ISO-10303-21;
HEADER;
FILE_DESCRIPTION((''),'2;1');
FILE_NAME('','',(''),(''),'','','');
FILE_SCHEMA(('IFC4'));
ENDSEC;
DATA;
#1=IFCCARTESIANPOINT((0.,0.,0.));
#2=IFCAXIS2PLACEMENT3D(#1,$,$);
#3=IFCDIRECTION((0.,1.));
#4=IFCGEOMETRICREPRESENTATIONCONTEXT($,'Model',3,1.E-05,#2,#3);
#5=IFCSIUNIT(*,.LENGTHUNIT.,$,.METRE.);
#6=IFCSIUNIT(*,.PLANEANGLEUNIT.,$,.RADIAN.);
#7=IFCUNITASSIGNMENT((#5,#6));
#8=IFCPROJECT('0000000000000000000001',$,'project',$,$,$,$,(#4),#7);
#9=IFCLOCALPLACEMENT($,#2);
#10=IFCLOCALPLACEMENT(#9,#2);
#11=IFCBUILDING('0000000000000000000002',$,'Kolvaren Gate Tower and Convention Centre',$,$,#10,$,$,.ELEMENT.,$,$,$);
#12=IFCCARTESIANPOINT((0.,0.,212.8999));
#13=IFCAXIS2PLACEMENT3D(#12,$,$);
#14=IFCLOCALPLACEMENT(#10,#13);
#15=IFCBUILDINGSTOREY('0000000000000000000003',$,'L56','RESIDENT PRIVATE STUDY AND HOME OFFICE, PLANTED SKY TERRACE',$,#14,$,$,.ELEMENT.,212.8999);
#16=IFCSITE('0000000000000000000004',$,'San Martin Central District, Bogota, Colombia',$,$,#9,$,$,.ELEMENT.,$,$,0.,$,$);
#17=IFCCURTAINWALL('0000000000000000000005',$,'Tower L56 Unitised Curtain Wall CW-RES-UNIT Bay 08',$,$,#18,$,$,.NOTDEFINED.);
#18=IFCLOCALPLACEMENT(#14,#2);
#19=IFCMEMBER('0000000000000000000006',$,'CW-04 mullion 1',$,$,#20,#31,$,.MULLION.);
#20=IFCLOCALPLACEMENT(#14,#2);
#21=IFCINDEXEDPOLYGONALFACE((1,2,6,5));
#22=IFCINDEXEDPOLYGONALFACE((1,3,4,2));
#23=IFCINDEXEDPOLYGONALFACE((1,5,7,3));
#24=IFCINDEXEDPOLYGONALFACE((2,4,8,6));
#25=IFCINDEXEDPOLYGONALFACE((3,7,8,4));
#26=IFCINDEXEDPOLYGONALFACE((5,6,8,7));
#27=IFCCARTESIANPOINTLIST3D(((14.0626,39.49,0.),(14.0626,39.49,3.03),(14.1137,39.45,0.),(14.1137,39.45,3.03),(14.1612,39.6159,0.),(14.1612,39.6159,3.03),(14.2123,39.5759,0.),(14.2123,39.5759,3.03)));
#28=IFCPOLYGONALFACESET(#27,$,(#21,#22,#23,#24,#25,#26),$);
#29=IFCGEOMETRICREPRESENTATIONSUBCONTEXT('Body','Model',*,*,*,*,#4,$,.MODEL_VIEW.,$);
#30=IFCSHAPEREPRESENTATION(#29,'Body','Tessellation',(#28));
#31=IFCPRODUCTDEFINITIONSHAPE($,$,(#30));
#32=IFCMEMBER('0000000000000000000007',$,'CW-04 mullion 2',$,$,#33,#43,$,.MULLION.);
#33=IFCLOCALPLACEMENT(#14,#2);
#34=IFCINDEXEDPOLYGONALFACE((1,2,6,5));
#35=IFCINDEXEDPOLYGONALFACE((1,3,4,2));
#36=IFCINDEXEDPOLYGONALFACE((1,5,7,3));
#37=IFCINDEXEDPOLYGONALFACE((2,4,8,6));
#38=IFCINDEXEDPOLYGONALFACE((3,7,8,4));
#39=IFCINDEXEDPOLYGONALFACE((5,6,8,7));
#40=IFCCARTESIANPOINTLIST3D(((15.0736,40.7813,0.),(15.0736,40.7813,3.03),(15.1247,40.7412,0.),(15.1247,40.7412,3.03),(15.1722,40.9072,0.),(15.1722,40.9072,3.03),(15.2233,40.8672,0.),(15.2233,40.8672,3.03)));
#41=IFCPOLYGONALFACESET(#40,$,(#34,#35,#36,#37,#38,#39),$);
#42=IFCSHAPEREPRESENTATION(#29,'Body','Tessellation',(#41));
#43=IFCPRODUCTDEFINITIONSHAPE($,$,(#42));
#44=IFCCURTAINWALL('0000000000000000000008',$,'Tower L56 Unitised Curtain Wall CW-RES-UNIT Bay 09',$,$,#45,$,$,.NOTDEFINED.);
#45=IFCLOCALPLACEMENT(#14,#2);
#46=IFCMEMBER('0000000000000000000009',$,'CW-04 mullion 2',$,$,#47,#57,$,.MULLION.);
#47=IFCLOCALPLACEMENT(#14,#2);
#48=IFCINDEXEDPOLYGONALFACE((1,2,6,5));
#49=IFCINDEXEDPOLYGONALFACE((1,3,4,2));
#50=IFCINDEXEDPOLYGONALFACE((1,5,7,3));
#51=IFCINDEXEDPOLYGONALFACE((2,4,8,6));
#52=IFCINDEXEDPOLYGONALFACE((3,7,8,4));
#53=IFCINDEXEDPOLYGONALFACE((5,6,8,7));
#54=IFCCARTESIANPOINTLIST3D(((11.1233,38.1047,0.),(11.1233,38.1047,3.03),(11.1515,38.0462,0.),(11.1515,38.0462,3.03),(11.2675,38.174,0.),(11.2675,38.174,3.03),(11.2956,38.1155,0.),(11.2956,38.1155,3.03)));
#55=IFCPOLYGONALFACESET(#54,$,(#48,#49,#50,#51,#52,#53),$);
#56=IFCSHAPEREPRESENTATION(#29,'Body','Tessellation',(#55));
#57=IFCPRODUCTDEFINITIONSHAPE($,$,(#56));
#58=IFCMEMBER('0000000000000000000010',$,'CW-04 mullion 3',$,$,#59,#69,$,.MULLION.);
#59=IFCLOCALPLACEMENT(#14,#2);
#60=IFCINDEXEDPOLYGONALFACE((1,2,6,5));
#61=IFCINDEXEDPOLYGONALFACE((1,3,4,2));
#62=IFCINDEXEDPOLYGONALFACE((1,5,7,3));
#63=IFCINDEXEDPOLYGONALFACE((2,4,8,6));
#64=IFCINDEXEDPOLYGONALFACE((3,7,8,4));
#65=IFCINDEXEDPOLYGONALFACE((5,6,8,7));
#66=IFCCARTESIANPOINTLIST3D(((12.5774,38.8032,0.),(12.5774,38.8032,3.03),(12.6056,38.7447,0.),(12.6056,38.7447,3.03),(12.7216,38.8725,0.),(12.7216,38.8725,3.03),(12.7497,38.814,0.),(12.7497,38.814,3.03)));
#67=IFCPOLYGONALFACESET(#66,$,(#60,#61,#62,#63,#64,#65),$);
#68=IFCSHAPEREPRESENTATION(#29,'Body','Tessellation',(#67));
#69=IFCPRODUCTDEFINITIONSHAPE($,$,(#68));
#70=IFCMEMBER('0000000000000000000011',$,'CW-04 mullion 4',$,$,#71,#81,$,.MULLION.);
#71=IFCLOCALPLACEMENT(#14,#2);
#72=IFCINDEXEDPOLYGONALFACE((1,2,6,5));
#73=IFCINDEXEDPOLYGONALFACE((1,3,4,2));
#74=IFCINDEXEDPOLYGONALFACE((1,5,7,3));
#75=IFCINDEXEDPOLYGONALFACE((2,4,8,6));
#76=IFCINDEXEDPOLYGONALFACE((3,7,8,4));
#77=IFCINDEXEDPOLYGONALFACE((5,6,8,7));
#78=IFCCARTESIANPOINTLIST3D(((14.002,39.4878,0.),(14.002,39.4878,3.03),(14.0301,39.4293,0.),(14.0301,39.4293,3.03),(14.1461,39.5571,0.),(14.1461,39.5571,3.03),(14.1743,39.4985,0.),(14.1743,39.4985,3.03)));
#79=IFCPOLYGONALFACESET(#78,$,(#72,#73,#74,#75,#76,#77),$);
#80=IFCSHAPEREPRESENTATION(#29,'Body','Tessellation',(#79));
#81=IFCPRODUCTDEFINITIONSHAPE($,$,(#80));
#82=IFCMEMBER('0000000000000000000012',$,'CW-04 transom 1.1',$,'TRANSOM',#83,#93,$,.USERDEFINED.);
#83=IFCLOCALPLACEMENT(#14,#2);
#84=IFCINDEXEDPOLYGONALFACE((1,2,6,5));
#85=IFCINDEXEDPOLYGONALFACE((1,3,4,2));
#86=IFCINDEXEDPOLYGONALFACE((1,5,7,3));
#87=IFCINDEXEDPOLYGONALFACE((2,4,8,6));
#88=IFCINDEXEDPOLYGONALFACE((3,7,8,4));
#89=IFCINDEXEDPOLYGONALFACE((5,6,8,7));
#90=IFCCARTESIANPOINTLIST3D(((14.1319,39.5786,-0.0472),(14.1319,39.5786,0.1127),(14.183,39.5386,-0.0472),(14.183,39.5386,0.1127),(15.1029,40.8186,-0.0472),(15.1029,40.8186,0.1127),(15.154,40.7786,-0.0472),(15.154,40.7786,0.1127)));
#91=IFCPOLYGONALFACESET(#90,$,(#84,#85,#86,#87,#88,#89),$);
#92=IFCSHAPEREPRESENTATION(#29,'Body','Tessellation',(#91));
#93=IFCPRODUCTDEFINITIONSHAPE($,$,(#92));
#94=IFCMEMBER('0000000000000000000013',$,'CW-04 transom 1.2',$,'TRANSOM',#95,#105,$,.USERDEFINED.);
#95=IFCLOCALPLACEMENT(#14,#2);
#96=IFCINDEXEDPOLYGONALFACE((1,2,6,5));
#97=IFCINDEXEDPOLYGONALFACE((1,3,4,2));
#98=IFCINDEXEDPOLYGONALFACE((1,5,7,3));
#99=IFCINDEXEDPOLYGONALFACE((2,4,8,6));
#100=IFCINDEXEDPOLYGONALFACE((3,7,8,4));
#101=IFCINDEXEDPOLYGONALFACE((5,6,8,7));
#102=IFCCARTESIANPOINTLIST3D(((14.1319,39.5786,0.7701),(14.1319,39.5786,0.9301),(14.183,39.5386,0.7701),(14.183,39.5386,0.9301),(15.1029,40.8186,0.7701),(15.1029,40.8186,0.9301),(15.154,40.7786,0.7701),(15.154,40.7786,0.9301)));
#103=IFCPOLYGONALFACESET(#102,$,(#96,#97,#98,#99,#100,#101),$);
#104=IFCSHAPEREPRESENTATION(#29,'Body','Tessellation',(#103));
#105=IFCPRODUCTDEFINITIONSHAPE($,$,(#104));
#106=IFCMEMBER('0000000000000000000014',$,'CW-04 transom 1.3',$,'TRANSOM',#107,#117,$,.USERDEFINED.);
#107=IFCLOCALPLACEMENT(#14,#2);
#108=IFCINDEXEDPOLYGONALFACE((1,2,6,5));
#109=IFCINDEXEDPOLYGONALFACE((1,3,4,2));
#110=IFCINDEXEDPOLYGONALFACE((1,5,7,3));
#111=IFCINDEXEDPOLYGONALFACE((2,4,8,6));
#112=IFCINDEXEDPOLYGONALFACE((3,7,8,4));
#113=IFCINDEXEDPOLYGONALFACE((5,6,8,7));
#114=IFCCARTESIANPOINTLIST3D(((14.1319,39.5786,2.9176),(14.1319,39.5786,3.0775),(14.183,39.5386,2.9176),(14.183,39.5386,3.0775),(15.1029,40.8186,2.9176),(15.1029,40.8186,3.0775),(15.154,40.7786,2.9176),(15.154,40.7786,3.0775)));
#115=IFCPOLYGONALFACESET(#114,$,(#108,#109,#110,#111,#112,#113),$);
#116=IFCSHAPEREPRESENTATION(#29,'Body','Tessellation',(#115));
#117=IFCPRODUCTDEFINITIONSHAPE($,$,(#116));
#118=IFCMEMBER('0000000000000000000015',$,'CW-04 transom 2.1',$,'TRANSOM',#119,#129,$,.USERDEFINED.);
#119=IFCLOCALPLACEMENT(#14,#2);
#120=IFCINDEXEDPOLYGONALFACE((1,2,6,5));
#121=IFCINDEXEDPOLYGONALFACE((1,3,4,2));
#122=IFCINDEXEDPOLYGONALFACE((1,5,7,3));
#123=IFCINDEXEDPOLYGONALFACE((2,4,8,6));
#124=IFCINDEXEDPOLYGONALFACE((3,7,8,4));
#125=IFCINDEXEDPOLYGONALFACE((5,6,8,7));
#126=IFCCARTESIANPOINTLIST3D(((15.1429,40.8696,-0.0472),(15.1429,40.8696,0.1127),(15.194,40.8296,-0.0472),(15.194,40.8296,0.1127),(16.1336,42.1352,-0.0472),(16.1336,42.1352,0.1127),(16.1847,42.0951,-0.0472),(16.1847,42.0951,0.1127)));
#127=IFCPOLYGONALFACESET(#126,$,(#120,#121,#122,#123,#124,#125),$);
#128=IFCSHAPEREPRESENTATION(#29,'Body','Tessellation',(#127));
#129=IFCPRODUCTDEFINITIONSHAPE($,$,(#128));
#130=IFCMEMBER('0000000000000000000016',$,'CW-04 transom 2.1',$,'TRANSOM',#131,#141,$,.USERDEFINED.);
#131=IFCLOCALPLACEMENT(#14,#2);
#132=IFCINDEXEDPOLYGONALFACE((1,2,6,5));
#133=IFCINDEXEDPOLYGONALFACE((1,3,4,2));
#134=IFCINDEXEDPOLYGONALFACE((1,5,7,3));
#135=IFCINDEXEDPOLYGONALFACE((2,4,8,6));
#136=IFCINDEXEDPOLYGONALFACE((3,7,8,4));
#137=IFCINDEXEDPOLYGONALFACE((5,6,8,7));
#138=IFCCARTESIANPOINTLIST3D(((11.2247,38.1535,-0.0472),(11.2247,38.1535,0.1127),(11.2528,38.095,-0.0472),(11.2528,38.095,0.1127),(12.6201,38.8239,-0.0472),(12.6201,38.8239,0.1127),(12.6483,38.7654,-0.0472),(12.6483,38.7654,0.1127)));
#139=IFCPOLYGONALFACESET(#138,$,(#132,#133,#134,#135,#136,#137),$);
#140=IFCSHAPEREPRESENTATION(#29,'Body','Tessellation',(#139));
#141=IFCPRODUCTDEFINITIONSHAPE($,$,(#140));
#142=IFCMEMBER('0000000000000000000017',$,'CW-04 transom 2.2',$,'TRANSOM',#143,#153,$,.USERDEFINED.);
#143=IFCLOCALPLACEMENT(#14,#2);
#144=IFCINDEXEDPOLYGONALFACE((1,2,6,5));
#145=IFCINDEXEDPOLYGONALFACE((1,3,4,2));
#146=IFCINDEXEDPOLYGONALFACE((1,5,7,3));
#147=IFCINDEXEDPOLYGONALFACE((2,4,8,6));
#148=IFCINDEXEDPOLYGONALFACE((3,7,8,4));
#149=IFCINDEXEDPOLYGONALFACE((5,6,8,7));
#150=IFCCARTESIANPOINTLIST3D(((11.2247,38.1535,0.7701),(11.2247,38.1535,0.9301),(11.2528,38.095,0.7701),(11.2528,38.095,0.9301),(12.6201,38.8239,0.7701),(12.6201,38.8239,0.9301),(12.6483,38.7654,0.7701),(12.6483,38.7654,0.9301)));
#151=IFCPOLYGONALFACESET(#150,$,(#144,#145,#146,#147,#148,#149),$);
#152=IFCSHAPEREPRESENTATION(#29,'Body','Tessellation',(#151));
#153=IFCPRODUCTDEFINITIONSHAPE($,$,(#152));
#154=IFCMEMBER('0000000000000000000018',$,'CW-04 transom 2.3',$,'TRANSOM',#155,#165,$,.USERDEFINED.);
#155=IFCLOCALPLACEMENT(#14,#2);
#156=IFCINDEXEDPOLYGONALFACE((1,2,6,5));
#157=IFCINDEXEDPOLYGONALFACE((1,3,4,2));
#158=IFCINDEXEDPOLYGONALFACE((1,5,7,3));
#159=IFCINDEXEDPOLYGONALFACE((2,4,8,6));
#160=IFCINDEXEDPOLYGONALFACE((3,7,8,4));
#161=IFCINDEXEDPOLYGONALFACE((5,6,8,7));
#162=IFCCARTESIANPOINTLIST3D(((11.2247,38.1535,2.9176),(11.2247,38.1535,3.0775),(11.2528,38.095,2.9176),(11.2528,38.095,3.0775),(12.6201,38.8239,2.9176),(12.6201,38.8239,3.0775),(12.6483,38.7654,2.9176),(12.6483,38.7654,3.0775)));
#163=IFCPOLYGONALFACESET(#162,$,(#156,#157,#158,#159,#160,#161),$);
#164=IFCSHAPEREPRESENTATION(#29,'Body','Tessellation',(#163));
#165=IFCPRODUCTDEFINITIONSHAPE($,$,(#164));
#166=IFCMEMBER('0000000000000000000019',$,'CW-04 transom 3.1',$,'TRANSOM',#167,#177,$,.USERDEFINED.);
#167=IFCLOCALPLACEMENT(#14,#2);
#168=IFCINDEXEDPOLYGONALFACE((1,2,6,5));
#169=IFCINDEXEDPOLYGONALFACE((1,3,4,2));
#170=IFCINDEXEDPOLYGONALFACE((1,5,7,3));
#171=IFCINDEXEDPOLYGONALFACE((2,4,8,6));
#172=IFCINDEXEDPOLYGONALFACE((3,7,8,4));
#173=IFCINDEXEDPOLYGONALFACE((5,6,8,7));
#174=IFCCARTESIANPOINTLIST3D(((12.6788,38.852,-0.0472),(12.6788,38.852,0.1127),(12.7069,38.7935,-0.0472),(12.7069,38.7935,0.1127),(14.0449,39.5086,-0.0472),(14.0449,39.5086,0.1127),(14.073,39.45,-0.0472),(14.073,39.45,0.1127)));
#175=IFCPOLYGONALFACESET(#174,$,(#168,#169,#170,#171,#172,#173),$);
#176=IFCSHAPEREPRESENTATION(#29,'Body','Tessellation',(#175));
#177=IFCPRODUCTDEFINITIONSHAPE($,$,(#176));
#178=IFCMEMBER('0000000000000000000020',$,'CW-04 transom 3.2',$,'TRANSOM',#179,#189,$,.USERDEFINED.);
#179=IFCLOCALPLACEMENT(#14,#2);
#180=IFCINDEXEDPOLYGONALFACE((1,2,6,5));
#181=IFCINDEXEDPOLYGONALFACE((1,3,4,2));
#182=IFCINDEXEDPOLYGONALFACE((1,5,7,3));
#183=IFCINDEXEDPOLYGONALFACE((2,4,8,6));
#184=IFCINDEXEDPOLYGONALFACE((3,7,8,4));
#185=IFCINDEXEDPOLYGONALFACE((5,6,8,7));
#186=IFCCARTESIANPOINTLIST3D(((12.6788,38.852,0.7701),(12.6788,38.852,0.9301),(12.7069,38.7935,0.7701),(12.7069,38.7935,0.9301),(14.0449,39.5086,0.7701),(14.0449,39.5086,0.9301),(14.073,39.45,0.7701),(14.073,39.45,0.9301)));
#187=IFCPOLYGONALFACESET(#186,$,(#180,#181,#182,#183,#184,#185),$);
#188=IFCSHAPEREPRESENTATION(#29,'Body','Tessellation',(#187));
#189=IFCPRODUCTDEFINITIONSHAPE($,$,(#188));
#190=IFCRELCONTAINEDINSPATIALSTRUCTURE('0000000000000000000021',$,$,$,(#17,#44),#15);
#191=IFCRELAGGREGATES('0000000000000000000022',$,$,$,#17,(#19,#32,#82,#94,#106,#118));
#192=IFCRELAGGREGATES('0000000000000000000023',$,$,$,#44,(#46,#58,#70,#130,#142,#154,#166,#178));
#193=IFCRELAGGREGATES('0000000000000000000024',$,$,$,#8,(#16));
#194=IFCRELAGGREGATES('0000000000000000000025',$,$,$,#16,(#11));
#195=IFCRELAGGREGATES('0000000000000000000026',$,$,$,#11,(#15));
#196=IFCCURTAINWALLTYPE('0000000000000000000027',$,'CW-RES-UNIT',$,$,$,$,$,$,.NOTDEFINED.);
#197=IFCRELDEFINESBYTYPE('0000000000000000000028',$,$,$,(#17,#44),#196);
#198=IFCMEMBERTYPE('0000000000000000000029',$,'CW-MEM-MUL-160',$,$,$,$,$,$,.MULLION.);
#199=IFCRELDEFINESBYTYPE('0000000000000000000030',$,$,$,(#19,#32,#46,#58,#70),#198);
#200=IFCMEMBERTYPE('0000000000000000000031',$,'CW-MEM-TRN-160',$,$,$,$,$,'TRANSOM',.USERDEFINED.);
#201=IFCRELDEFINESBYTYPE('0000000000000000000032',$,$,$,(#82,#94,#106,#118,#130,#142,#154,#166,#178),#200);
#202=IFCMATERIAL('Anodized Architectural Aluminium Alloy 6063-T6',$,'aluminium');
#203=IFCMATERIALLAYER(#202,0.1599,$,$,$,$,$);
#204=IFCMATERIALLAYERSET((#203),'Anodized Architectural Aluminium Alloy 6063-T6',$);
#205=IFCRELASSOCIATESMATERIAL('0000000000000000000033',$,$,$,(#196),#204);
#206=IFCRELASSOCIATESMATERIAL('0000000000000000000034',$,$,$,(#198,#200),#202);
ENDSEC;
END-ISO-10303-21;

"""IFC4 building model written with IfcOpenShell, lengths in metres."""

from ifc_helpers import new_model, si_unit, direction, frame, origin, origin_2d, place, context, subcontext, project, spatial, rectangle, extrude, material, layer, layer_set, material_profile, profile_set, type_object, element, aggregate, save


model = new_model("IFC4")

# Units and contexts
model_context = context("Model", 3, precision=1e-05, world=origin(), true_north=direction((0.0, 1.0)))
body_context = subcontext(model_context, "Body", "Model", "MODEL_VIEW")
ifc_project = project(units=[si_unit("LENGTHUNIT", "METRE"), si_unit("PLANEANGLEUNIT", "RADIAN")], contexts=[model_context])

# Site, building, storey
site_placement = place(None, origin())
site = spatial("IfcSite", under=ifc_project, at=site_placement, Name="San Martin Central District, Bogota, Colombia", CompositionType="ELEMENT", RefElevation=0.0)
building_placement = place(site_placement, origin())
building = spatial("IfcBuilding", under=site, at=building_placement, Name="Kolvaren Gate Tower and Convention Centre", CompositionType="ELEMENT")
storey_placement = place(building_placement, frame((0.0, 0.0, 212.8999)))
storey = spatial("IfcBuildingStorey", under=building, at=storey_placement, Name="L56", Description="RESIDENT PRIVATE STUDY AND HOME OFFICE, PLANTED SKY TERRACE", CompositionType="ELEMENT", Elevation=212.8999)

# Curtain walls, members
ifc_material_1 = material(Name="Anodized Architectural Aluminium Alloy 6063-T6", Category="aluminium")
ifc_layer_1 = layer(ifc_material_1, 0.1599)
ifc_layer_set_1 = layer_set([ifc_layer_1], Name="Anodized Architectural Aluminium Alloy 6063-T6")
curtain_wall_type = type_object("IfcCurtainWallType", Name="CW-RES-UNIT", PredefinedType="NOTDEFINED", material=ifc_layer_set_1)
curtain_wall_1_placement = place(storey_placement, origin())
curtain_wall_1 = element("IfcCurtainWall", 1, at=curtain_wall_1_placement, inside=storey, type_object=curtain_wall_type, Name="Tower L56 Unitised Curtain Wall CW-RES-UNIT Bay 08", PredefinedType="NOTDEFINED")
ifc_material_profile_1 = material_profile(ifc_material_1, rectangle(XDim=0.0649, YDim=0.1599, at=origin_2d()), Name="CW-MEM-MUL-160")
ifc_profile_set_1 = profile_set([ifc_material_profile_1], Name="Anodized Architectural Aluminium Alloy 6063-T6")
member_type_1 = type_object("IfcMemberType", Name="CW-MEM-MUL-160", PredefinedType="MULLION", material=ifc_profile_set_1)
member_1_placement = place(storey_placement, frame((14.1375, 39.533, 0.0), z_axis=(0.0, 0.0, 1.0), x_axis=(-0.78741, 0.61643, 0.0)))
member_1 = element("IfcMember", 2, at=member_1_placement, type_object=member_type_1, Name="CW-04 mullion 1", PredefinedType="MULLION", context=body_context, shape_type="SweptSolid", body=[
    extrude(rectangle(XDim=0.0649, YDim=0.1599, at=origin_2d()), origin(), (0.0, 0.0, 1.0), 3.03),
])
member_2_placement = place(storey_placement, frame((15.1484, 40.8242, 0.0), z_axis=(0.0, 0.0, 1.0), x_axis=(-0.78741, 0.61643, 0.0)))
member_2 = element("IfcMember", 3, at=member_2_placement, type_object=member_type_1, Name="CW-04 mullion 2", PredefinedType="MULLION", context=body_context, shape_type="SweptSolid", body=[
    extrude(rectangle(XDim=0.0649, YDim=0.1599, at=origin_2d()), origin(), (0.0, 0.0, 1.0), 3.03),
])
curtain_wall_2_placement = place(storey_placement, origin())
curtain_wall_2 = element("IfcCurtainWall", 4, at=curtain_wall_2_placement, inside=storey, type_object=curtain_wall_type, Name="Tower L56 Unitised Curtain Wall CW-RES-UNIT Bay 09", PredefinedType="NOTDEFINED")
member_3_placement = place(storey_placement, frame((11.2095, 38.1101, 0.0), z_axis=(0.0, 0.0, 1.0), x_axis=(-0.433066, 0.901362, 0.0)))
member_3 = element("IfcMember", 5, at=member_3_placement, type_object=member_type_1, Name="CW-04 mullion 2", PredefinedType="MULLION", context=body_context, shape_type="SweptSolid", body=[
    extrude(rectangle(XDim=0.0649, YDim=0.1599, at=origin_2d()), origin(), (0.0, 0.0, 1.0), 3.03),
])
member_4_placement = place(storey_placement, frame((12.6636, 38.8086, 0.0), z_axis=(0.0, 0.0, 1.0), x_axis=(-0.433066, 0.901362, 0.0)))
member_4 = element("IfcMember", 6, at=member_4_placement, type_object=member_type_1, Name="CW-04 mullion 3", PredefinedType="MULLION", context=body_context, shape_type="SweptSolid", body=[
    extrude(rectangle(XDim=0.0649, YDim=0.1599, at=origin_2d()), origin(), (0.0, 0.0, 1.0), 3.03),
])
member_5_placement = place(storey_placement, frame((14.0881, 39.4932, 0.0), z_axis=(0.0, 0.0, 1.0), x_axis=(-0.433066, 0.901362, 0.0)))
member_5 = element("IfcMember", 7, at=member_5_placement, type_object=member_type_1, Name="CW-04 mullion 4", PredefinedType="MULLION", context=body_context, shape_type="SweptSolid", body=[
    extrude(rectangle(XDim=0.0649, YDim=0.1599, at=origin_2d()), origin(), (0.0, 0.0, 1.0), 3.03),
])

# Members
ifc_material_profile_2 = material_profile(ifc_material_1, rectangle(XDim=0.0649, YDim=0.1599, at=origin_2d()), Name="CW-MEM-TRN-160")
ifc_profile_set_2 = profile_set([ifc_material_profile_2], Name="Anodized Architectural Aluminium Alloy 6063-T6")
member_type_2 = type_object("IfcMemberType", Name="CW-MEM-TRN-160", ElementType="TRANSOM", PredefinedType="USERDEFINED", material=ifc_profile_set_2)
member_6_placement = place(storey_placement, frame((14.1575, 39.5586, 0.0327), z_axis=(0.616513, 0.787345, 0.0), x_axis=(-0.787345, 0.616513, 0.0)))
member_6 = element("IfcMember", 8, at=member_6_placement, type_object=member_type_2, Name="CW-04 transom 1.1", ObjectType="TRANSOM", PredefinedType="USERDEFINED", context=body_context, shape_type="SweptSolid", body=[
    extrude(rectangle(XDim=0.0649, YDim=0.1599, at=origin_2d()), origin(), (0.0, 0.0, 1.0), 1.575),
])
member_7_placement = place(storey_placement, frame((14.1575, 39.5586, 0.8501), z_axis=(0.616513, 0.787345, 0.0), x_axis=(-0.787345, 0.616513, 0.0)))
member_7 = element("IfcMember", 9, at=member_7_placement, type_object=member_type_2, Name="CW-04 transom 1.2", ObjectType="TRANSOM", PredefinedType="USERDEFINED", context=body_context, shape_type="SweptSolid", body=[
    extrude(rectangle(XDim=0.0649, YDim=0.1599, at=origin_2d()), origin(), (0.0, 0.0, 1.0), 1.575),
])
member_8_placement = place(storey_placement, frame((14.1575, 39.5586, 2.9976), z_axis=(0.616513, 0.787345, 0.0), x_axis=(-0.787345, 0.616513, 0.0)))
member_8 = element("IfcMember", 10, at=member_8_placement, type_object=member_type_2, Name="CW-04 transom 1.3", ObjectType="TRANSOM", PredefinedType="USERDEFINED", context=body_context, shape_type="SweptSolid", body=[
    extrude(rectangle(XDim=0.0649, YDim=0.1599, at=origin_2d()), origin(), (0.0, 0.0, 1.0), 1.575),
])
member_9_placement = place(storey_placement, frame((15.1685, 40.8496, 0.0327), z_axis=(0.616398, 0.787434, 0.0), x_axis=(-0.787434, 0.616398, 0.0)))
member_9 = element("IfcMember", 11, at=member_9_placement, type_object=member_type_2, Name="CW-04 transom 2.1", ObjectType="TRANSOM", PredefinedType="USERDEFINED", context=body_context, shape_type="SweptSolid", body=[
    extrude(rectangle(XDim=0.0649, YDim=0.1599, at=origin_2d()), origin(), (0.0, 0.0, 1.0), 1.6072),
])
member_10_placement = place(storey_placement, frame((11.2388, 38.1243, 0.0327), z_axis=(0.90138, 0.433028, 0.0), x_axis=(-0.433028, 0.90138, 0.0)))
member_10 = element("IfcMember", 12, at=member_10_placement, type_object=member_type_2, Name="CW-04 transom 2.1", ObjectType="TRANSOM", PredefinedType="USERDEFINED", context=body_context, shape_type="SweptSolid", body=[
    extrude(rectangle(XDim=0.0649, YDim=0.1599, at=origin_2d()), origin(), (0.0, 0.0, 1.0), 1.5481),
])
member_11_placement = place(storey_placement, frame((11.2388, 38.1243, 0.8501), z_axis=(0.90138, 0.433028, 0.0), x_axis=(-0.433028, 0.90138, 0.0)))
member_11 = element("IfcMember", 13, at=member_11_placement, type_object=member_type_2, Name="CW-04 transom 2.2", ObjectType="TRANSOM", PredefinedType="USERDEFINED", context=body_context, shape_type="SweptSolid", body=[
    extrude(rectangle(XDim=0.0649, YDim=0.1599, at=origin_2d()), origin(), (0.0, 0.0, 1.0), 1.5481),
])
member_12_placement = place(storey_placement, frame((11.2388, 38.1243, 2.9976), z_axis=(0.90138, 0.433028, 0.0), x_axis=(-0.433028, 0.90138, 0.0)))
member_12 = element("IfcMember", 14, at=member_12_placement, type_object=member_type_2, Name="CW-04 transom 2.3", ObjectType="TRANSOM", PredefinedType="USERDEFINED", context=body_context, shape_type="SweptSolid", body=[
    extrude(rectangle(XDim=0.0649, YDim=0.1599, at=origin_2d()), origin(), (0.0, 0.0, 1.0), 1.5481),
])
member_13_placement = place(storey_placement, frame((12.6929, 38.8228, 0.0327), z_axis=(0.901309, 0.433176, 0.0), x_axis=(-0.433176, 0.901309, 0.0)))
member_13 = element("IfcMember", 15, at=member_13_placement, type_object=member_type_2, Name="CW-04 transom 3.1", ObjectType="TRANSOM", PredefinedType="USERDEFINED", context=body_context, shape_type="SweptSolid", body=[
    extrude(rectangle(XDim=0.0649, YDim=0.1599, at=origin_2d()), origin(), (0.0, 0.0, 1.0), 1.5156),
])
member_14_placement = place(storey_placement, frame((12.6929, 38.8228, 0.8501), z_axis=(0.901309, 0.433176, 0.0), x_axis=(-0.433176, 0.901309, 0.0)))
member_14 = element("IfcMember", 16, at=member_14_placement, type_object=member_type_2, Name="CW-04 transom 3.2", ObjectType="TRANSOM", PredefinedType="USERDEFINED", context=body_context, shape_type="SweptSolid", body=[
    extrude(rectangle(XDim=0.0649, YDim=0.1599, at=origin_2d()), origin(), (0.0, 0.0, 1.0), 1.5156),
])

aggregate(curtain_wall_1, [member_1, member_2, member_6, member_7, member_8, member_9])
aggregate(curtain_wall_2, [member_3, member_4, member_5, member_10, member_11, member_12, member_13, member_14])

save(model, "model.ifc")
